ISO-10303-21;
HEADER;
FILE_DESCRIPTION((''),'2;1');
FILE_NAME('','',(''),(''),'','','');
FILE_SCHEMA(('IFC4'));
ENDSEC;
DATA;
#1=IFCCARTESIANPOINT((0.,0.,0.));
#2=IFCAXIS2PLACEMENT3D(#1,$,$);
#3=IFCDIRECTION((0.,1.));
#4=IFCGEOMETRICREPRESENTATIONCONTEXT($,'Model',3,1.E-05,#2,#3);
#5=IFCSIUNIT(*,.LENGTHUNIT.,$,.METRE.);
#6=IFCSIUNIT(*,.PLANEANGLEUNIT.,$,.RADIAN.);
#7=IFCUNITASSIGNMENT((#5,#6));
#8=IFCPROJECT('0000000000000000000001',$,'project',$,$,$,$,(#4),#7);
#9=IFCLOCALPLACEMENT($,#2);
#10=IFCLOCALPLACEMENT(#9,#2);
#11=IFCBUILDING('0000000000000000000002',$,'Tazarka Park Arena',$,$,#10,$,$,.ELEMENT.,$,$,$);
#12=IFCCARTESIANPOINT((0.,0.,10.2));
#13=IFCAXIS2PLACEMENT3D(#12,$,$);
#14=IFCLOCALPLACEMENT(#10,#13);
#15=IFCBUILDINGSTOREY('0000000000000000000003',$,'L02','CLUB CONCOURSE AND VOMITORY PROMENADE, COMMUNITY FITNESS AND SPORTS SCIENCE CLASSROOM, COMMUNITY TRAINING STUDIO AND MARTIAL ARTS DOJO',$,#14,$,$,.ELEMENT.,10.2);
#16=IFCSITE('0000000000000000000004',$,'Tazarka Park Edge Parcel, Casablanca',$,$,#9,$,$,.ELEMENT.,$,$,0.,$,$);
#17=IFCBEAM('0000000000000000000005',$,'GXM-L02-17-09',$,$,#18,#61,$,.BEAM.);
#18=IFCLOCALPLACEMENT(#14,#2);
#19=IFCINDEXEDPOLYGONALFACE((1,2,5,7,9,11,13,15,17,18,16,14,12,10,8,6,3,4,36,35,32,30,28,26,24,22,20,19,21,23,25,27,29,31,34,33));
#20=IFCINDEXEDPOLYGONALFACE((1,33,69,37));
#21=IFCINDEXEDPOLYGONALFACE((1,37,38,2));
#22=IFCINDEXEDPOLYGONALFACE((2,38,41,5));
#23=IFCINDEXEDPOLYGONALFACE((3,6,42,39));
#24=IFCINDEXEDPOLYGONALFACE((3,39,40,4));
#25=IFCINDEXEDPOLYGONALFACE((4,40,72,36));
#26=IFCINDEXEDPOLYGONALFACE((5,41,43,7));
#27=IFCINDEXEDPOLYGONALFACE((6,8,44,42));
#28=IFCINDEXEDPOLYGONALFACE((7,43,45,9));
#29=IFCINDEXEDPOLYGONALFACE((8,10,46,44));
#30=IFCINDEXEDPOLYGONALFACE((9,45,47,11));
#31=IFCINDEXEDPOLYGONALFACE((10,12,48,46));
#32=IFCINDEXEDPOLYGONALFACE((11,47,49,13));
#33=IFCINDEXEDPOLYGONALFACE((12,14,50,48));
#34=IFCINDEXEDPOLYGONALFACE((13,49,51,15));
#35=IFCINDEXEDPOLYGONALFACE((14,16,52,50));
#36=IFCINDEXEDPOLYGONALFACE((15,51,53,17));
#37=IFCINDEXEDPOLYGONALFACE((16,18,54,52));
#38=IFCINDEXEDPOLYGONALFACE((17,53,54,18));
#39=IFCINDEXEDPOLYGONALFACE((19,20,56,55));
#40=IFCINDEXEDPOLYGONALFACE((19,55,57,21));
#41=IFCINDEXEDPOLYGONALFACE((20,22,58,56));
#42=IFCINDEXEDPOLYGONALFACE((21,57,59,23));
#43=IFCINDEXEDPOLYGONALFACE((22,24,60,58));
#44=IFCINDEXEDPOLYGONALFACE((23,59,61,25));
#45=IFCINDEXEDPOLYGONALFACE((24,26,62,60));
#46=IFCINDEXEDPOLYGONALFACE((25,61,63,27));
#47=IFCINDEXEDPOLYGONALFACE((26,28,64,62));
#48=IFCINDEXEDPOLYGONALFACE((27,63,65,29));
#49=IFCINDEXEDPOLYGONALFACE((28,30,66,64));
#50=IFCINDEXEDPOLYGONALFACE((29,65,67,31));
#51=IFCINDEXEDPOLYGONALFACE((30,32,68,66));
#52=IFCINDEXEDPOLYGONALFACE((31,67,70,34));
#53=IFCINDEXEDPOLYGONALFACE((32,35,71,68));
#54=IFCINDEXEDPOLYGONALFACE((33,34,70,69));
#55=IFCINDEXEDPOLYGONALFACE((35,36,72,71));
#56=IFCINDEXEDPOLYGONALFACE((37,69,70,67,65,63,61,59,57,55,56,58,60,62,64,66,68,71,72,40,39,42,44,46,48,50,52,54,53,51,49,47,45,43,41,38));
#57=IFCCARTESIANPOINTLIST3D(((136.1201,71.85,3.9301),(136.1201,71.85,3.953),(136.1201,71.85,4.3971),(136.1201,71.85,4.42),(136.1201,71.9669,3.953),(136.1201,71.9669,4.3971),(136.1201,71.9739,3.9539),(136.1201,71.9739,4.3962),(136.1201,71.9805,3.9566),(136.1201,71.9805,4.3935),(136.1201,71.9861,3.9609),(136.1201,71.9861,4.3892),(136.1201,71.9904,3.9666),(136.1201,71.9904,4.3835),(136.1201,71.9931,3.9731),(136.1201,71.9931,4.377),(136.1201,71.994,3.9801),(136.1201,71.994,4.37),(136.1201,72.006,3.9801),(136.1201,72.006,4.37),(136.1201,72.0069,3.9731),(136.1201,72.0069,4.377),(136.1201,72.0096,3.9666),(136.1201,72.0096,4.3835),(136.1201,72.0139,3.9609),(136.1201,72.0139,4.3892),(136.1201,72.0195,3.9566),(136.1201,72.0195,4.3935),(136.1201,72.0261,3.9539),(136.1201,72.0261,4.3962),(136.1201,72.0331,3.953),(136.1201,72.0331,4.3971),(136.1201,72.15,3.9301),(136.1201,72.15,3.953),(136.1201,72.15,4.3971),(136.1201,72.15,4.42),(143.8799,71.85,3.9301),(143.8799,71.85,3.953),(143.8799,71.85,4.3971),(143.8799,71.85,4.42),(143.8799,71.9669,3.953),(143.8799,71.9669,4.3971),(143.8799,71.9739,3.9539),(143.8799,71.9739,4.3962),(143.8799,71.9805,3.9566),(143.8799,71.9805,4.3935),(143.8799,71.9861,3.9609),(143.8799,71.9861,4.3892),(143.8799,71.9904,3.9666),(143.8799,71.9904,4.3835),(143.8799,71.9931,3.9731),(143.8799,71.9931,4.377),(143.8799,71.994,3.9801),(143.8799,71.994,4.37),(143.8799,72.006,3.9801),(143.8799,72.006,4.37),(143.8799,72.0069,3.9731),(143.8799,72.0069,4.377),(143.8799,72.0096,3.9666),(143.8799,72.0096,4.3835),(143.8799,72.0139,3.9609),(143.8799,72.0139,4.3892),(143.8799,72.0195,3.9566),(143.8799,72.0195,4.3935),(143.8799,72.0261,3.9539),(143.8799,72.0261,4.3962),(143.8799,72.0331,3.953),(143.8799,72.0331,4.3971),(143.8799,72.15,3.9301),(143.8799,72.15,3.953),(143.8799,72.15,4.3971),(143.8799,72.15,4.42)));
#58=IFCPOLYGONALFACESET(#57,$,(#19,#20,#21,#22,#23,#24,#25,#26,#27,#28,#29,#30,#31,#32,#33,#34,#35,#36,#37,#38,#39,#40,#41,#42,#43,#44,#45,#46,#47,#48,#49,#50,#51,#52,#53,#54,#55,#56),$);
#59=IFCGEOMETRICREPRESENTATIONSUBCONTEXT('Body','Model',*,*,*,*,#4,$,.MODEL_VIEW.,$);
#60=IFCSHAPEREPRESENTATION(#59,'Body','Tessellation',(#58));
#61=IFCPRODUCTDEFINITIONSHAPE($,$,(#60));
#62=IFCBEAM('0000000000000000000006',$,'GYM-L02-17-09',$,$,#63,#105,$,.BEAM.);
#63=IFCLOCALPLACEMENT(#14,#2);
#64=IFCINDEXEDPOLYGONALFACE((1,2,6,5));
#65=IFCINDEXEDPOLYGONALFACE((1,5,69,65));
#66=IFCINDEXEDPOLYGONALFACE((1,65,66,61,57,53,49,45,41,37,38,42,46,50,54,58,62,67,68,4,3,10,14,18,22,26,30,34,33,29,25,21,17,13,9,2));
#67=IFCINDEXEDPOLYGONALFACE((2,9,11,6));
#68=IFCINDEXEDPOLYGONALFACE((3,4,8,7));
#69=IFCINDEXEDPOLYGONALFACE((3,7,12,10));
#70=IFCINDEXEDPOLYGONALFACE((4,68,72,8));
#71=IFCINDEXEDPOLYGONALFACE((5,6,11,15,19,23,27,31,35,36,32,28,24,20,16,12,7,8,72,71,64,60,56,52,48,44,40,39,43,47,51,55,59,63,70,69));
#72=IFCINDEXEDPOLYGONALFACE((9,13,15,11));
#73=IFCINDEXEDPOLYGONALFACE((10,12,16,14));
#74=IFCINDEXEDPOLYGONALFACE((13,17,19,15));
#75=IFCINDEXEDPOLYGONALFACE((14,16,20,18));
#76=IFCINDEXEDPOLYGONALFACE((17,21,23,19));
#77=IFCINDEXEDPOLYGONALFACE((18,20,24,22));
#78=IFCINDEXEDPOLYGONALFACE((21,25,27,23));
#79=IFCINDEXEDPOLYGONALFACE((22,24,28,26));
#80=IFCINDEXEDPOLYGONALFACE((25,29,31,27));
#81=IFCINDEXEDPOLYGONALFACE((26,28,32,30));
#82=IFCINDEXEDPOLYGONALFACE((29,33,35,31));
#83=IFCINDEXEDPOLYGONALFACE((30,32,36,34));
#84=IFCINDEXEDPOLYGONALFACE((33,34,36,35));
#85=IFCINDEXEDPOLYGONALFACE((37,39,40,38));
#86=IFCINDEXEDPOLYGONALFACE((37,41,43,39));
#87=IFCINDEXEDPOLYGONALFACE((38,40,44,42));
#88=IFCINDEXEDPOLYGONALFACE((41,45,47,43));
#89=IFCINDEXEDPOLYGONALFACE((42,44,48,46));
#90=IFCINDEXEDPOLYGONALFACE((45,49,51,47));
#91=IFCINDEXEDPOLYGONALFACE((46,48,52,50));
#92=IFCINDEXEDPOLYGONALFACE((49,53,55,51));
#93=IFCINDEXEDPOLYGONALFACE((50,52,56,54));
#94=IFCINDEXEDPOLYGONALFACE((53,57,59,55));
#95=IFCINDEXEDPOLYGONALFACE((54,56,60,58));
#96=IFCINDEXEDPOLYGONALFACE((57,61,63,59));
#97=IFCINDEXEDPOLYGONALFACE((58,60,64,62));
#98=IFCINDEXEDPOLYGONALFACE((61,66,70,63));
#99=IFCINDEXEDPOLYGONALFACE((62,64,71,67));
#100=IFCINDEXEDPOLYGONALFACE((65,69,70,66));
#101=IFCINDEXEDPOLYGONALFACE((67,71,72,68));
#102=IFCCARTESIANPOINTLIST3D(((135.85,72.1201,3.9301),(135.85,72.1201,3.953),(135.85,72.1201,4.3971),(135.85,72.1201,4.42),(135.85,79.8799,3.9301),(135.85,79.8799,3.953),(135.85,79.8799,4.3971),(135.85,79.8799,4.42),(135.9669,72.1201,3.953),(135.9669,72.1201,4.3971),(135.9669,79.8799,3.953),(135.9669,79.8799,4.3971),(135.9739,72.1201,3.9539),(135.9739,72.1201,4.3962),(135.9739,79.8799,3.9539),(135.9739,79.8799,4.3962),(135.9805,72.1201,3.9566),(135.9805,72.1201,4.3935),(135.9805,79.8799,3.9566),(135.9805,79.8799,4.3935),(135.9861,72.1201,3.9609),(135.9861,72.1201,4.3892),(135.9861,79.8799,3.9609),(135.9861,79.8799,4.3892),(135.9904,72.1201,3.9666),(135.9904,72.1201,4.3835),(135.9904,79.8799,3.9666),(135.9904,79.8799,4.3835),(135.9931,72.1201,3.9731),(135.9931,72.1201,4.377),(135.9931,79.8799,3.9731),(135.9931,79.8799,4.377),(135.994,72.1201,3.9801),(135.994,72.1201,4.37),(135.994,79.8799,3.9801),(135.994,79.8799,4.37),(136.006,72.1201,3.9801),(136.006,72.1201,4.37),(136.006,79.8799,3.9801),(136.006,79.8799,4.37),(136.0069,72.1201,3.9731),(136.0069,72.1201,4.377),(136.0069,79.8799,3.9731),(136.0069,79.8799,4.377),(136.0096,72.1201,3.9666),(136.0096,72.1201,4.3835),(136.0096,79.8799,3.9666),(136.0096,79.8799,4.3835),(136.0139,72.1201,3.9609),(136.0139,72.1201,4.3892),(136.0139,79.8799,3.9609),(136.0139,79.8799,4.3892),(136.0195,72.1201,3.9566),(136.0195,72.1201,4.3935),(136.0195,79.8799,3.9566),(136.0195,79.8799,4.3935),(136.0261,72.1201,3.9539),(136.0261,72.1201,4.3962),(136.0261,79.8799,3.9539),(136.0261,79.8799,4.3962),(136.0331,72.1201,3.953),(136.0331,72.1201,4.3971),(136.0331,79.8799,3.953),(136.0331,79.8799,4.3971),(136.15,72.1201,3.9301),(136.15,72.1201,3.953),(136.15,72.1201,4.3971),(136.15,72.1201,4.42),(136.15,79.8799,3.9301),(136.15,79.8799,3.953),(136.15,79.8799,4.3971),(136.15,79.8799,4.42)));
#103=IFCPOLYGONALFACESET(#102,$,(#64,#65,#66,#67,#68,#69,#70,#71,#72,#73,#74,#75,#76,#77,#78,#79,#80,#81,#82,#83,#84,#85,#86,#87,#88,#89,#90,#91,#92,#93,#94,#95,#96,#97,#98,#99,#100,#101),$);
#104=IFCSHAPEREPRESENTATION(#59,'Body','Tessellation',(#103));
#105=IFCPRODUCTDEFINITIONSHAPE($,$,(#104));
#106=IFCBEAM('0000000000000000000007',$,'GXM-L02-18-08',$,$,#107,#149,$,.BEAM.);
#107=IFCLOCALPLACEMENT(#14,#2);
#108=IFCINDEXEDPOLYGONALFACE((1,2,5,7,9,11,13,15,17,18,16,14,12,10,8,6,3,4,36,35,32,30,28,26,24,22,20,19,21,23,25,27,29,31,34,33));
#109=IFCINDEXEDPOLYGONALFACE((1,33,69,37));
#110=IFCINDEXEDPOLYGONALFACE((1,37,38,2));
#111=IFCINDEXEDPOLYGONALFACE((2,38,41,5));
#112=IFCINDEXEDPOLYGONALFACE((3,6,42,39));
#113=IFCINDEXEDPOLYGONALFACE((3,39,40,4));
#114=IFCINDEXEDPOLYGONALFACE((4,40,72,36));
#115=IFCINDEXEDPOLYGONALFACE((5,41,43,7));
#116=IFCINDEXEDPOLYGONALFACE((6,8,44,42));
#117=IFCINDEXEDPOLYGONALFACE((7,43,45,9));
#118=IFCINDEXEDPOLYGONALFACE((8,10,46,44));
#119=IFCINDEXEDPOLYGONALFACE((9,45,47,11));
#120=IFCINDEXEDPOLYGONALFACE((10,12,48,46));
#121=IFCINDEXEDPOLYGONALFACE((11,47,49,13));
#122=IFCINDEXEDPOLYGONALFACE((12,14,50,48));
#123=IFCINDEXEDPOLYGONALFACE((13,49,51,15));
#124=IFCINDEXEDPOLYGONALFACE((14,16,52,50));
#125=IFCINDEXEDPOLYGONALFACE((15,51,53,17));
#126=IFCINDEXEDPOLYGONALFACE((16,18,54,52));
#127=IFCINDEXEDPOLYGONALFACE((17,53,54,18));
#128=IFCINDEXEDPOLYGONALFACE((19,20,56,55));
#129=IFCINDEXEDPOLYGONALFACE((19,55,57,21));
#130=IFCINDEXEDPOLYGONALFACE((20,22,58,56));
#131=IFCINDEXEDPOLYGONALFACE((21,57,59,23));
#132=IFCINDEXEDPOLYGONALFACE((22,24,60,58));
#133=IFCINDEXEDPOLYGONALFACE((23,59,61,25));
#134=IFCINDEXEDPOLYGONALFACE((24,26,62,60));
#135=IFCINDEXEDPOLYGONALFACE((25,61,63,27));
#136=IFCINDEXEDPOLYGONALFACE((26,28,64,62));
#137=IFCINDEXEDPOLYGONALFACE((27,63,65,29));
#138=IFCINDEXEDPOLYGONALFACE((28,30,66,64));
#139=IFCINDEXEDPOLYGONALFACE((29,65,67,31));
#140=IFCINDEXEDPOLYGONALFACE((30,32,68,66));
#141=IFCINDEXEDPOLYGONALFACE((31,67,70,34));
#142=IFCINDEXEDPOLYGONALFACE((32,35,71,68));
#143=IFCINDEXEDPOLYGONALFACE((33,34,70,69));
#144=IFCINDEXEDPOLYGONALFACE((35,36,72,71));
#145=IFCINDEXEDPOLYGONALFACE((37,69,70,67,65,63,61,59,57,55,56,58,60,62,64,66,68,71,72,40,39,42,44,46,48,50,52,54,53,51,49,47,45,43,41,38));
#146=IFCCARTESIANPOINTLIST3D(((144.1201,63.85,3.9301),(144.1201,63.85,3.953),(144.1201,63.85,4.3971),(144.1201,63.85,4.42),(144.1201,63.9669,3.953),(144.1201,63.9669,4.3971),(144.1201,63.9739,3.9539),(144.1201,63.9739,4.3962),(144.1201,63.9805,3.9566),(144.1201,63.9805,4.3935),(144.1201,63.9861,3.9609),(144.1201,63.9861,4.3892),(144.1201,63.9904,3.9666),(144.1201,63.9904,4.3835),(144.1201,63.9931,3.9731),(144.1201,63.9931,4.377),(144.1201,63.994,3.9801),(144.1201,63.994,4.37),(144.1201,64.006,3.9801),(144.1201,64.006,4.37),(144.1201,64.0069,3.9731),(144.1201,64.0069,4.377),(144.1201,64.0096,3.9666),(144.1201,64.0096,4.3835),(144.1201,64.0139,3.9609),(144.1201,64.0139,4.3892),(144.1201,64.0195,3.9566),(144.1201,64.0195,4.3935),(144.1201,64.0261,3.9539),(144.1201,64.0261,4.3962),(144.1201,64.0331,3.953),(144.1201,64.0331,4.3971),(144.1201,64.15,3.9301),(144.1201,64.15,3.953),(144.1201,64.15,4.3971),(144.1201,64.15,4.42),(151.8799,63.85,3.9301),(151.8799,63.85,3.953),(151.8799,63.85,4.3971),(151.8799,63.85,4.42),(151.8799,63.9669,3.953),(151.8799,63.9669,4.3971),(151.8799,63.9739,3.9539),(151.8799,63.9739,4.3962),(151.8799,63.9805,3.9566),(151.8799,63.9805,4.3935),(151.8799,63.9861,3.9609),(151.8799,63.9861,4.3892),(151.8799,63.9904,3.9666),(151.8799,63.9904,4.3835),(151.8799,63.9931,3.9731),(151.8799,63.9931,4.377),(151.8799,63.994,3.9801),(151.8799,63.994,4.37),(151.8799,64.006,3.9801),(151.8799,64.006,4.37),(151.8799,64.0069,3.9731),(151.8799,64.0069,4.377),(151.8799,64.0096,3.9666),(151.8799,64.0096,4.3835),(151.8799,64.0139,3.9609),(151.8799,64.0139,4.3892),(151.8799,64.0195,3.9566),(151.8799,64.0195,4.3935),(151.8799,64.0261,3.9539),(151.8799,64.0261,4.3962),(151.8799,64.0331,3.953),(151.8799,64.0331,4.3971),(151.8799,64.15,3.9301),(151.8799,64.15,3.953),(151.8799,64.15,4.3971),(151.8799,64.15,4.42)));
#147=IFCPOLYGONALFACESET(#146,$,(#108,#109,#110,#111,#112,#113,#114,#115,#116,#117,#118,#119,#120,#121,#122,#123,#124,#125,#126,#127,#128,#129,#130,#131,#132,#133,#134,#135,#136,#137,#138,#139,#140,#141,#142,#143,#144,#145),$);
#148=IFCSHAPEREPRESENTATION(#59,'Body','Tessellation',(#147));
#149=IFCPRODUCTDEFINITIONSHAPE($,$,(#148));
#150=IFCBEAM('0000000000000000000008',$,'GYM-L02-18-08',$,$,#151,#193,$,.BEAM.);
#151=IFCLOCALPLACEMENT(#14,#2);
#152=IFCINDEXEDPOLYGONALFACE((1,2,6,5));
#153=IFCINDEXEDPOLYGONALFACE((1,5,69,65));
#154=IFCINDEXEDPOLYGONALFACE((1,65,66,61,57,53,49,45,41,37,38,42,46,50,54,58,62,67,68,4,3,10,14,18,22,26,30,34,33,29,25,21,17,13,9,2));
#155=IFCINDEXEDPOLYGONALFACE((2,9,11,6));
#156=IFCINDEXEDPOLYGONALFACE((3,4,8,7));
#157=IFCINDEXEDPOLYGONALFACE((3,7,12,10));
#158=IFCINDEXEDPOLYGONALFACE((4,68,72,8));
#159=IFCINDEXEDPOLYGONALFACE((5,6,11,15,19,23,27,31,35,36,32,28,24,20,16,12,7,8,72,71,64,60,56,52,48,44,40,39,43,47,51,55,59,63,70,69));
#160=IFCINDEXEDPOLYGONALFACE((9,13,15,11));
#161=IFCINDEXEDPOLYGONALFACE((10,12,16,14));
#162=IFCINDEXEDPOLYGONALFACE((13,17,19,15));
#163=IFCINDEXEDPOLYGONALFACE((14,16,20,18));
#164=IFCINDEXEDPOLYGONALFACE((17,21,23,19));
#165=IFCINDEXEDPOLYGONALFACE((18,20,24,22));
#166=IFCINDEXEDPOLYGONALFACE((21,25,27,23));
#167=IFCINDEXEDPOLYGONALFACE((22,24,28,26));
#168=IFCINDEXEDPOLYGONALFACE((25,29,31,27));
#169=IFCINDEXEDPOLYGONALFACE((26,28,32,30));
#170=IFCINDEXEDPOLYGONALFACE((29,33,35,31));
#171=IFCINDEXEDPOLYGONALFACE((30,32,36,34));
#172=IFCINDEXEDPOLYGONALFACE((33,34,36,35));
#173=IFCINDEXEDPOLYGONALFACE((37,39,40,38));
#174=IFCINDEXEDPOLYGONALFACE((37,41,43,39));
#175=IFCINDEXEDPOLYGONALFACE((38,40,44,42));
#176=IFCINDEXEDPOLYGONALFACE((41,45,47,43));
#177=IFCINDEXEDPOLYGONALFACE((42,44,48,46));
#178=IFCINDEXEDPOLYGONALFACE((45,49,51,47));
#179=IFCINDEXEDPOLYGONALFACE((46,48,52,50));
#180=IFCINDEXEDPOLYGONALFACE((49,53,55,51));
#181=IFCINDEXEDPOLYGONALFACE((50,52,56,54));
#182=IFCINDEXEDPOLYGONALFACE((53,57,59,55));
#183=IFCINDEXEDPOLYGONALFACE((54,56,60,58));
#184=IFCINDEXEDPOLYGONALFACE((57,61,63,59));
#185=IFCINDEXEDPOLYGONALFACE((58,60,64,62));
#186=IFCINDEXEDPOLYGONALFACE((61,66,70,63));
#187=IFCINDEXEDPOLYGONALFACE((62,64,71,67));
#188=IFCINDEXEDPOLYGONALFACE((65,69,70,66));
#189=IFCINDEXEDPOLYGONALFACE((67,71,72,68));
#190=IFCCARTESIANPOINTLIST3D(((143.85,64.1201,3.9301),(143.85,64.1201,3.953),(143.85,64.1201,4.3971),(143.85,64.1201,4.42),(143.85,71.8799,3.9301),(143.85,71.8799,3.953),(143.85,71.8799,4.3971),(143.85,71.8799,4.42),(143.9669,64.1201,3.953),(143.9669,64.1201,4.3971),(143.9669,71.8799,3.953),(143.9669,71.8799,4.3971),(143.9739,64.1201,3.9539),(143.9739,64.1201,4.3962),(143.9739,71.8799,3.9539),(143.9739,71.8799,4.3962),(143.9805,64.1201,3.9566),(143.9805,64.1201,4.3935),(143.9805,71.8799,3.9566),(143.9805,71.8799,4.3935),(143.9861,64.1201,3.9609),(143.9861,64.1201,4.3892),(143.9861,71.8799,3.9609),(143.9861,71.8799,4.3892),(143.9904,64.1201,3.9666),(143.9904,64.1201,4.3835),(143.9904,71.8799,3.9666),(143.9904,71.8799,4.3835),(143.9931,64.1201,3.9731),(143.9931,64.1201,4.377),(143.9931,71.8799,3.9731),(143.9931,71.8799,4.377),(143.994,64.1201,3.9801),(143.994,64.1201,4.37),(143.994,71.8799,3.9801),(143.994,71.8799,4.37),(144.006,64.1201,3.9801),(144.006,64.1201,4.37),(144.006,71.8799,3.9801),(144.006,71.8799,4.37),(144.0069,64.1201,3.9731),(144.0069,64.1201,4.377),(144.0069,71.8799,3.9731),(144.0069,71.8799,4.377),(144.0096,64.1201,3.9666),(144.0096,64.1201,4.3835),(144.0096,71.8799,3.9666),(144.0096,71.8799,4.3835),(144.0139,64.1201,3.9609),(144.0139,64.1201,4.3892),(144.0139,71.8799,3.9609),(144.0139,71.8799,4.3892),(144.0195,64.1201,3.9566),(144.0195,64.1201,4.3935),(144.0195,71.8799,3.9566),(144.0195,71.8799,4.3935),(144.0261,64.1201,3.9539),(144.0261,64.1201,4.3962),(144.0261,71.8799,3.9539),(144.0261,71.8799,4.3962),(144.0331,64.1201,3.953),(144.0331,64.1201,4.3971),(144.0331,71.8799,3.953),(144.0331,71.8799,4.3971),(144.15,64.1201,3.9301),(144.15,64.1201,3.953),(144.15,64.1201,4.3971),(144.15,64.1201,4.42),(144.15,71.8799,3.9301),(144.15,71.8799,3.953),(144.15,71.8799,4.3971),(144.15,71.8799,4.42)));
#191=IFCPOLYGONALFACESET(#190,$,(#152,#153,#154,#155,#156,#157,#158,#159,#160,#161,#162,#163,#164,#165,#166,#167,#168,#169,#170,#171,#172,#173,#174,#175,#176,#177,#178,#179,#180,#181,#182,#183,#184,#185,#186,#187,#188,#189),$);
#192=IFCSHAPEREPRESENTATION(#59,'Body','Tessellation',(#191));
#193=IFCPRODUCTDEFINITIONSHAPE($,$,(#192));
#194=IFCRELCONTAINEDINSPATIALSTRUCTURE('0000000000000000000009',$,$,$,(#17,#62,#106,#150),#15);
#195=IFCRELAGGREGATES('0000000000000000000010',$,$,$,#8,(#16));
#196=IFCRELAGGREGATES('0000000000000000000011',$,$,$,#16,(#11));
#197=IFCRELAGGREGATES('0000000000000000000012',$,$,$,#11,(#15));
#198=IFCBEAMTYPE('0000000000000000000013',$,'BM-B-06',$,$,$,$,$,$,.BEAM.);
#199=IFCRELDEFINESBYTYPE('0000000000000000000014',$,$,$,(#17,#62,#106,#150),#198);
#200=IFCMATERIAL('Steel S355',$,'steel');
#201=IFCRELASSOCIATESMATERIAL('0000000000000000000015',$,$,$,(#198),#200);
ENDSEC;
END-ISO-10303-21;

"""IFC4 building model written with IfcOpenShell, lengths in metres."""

from ifc_helpers import new_model, si_unit, direction, frame, origin, origin_2d, place, context, subcontext, project, spatial, i_section, extrude, material, material_profile, profile_set, type_object, element, save


model = new_model("IFC4")

# Units and contexts
model_context = context("Model", 3, precision=1e-05, world=origin(), true_north=direction((0.0, 1.0)))
body_context = subcontext(model_context, "Body", "Model", "MODEL_VIEW")
ifc_project = project(units=[si_unit("LENGTHUNIT", "METRE"), si_unit("PLANEANGLEUNIT", "RADIAN")], contexts=[model_context])

# Site, building, storey
site_placement = place(None, origin())
site = spatial("IfcSite", under=ifc_project, at=site_placement, Name="Tazarka Park Edge Parcel, Casablanca", CompositionType="ELEMENT", RefElevation=0.0)
building_placement = place(site_placement, origin())
building = spatial("IfcBuilding", under=site, at=building_placement, Name="Tazarka Park Arena", CompositionType="ELEMENT")
storey_placement = place(building_placement, frame((0.0, 0.0, 10.2)))
storey = spatial("IfcBuildingStorey", under=building, at=storey_placement, Name="L02", Description="CLUB CONCOURSE AND VOMITORY PROMENADE, COMMUNITY FITNESS AND SPORTS SCIENCE CLASSROOM, COMMUNITY TRAINING STUDIO AND MARTIAL ARTS DOJO", CompositionType="ELEMENT", Elevation=10.2)

# Beams
ifc_material_1 = material(Name="Steel S355", Category="steel")
ifc_material_profile_1 = material_profile(ifc_material_1, i_section(OverallWidth=0.3, OverallDepth=0.49, WebThickness=0.012, FlangeThickness=0.0229, FilletRadius=0.0271, at=origin_2d()), Name="Steel S355")
ifc_profile_set_1 = profile_set([ifc_material_profile_1], Name="Steel S355")
beam_type_1 = type_object("IfcBeamType", Name="BM-B-06", PredefinedType="BEAM", material=ifc_profile_set_1)
for number, where, z_axis, x_axis, name in (
    (1, (136.1201, 72.0, 4.175), (1.0, 0.0, 0.0), (0.0, 1.0, 0.0), "GXM-L02-17-09"),
    (2, (136.0, 72.1201, 4.175), (0.0, 1.0, 0.0), (-1.0, 0.0, 0.0), "GYM-L02-17-09"),
    (3, (144.1201, 64.0, 4.175), (1.0, 0.0, 0.0), (0.0, 1.0, 0.0), "GXM-L02-18-08"),
    (4, (144.0, 64.1201, 4.175), (0.0, 1.0, 0.0), (-1.0, 0.0, 0.0), "GYM-L02-18-08"),
):
    element("IfcBeam", number, at=place(storey_placement, frame(where, z_axis=z_axis, x_axis=x_axis)), inside=storey, type_object=beam_type_1, Name=name, PredefinedType="BEAM", context=body_context, shape_type="SweptSolid", body=[
        extrude(i_section(OverallWidth=0.3, OverallDepth=0.49, WebThickness=0.012, FlangeThickness=0.0229, FilletRadius=0.0271, at=origin_2d()), origin(), (0.0, 0.0, 1.0), 7.7598),
    ])

save(model, "model.ifc")
